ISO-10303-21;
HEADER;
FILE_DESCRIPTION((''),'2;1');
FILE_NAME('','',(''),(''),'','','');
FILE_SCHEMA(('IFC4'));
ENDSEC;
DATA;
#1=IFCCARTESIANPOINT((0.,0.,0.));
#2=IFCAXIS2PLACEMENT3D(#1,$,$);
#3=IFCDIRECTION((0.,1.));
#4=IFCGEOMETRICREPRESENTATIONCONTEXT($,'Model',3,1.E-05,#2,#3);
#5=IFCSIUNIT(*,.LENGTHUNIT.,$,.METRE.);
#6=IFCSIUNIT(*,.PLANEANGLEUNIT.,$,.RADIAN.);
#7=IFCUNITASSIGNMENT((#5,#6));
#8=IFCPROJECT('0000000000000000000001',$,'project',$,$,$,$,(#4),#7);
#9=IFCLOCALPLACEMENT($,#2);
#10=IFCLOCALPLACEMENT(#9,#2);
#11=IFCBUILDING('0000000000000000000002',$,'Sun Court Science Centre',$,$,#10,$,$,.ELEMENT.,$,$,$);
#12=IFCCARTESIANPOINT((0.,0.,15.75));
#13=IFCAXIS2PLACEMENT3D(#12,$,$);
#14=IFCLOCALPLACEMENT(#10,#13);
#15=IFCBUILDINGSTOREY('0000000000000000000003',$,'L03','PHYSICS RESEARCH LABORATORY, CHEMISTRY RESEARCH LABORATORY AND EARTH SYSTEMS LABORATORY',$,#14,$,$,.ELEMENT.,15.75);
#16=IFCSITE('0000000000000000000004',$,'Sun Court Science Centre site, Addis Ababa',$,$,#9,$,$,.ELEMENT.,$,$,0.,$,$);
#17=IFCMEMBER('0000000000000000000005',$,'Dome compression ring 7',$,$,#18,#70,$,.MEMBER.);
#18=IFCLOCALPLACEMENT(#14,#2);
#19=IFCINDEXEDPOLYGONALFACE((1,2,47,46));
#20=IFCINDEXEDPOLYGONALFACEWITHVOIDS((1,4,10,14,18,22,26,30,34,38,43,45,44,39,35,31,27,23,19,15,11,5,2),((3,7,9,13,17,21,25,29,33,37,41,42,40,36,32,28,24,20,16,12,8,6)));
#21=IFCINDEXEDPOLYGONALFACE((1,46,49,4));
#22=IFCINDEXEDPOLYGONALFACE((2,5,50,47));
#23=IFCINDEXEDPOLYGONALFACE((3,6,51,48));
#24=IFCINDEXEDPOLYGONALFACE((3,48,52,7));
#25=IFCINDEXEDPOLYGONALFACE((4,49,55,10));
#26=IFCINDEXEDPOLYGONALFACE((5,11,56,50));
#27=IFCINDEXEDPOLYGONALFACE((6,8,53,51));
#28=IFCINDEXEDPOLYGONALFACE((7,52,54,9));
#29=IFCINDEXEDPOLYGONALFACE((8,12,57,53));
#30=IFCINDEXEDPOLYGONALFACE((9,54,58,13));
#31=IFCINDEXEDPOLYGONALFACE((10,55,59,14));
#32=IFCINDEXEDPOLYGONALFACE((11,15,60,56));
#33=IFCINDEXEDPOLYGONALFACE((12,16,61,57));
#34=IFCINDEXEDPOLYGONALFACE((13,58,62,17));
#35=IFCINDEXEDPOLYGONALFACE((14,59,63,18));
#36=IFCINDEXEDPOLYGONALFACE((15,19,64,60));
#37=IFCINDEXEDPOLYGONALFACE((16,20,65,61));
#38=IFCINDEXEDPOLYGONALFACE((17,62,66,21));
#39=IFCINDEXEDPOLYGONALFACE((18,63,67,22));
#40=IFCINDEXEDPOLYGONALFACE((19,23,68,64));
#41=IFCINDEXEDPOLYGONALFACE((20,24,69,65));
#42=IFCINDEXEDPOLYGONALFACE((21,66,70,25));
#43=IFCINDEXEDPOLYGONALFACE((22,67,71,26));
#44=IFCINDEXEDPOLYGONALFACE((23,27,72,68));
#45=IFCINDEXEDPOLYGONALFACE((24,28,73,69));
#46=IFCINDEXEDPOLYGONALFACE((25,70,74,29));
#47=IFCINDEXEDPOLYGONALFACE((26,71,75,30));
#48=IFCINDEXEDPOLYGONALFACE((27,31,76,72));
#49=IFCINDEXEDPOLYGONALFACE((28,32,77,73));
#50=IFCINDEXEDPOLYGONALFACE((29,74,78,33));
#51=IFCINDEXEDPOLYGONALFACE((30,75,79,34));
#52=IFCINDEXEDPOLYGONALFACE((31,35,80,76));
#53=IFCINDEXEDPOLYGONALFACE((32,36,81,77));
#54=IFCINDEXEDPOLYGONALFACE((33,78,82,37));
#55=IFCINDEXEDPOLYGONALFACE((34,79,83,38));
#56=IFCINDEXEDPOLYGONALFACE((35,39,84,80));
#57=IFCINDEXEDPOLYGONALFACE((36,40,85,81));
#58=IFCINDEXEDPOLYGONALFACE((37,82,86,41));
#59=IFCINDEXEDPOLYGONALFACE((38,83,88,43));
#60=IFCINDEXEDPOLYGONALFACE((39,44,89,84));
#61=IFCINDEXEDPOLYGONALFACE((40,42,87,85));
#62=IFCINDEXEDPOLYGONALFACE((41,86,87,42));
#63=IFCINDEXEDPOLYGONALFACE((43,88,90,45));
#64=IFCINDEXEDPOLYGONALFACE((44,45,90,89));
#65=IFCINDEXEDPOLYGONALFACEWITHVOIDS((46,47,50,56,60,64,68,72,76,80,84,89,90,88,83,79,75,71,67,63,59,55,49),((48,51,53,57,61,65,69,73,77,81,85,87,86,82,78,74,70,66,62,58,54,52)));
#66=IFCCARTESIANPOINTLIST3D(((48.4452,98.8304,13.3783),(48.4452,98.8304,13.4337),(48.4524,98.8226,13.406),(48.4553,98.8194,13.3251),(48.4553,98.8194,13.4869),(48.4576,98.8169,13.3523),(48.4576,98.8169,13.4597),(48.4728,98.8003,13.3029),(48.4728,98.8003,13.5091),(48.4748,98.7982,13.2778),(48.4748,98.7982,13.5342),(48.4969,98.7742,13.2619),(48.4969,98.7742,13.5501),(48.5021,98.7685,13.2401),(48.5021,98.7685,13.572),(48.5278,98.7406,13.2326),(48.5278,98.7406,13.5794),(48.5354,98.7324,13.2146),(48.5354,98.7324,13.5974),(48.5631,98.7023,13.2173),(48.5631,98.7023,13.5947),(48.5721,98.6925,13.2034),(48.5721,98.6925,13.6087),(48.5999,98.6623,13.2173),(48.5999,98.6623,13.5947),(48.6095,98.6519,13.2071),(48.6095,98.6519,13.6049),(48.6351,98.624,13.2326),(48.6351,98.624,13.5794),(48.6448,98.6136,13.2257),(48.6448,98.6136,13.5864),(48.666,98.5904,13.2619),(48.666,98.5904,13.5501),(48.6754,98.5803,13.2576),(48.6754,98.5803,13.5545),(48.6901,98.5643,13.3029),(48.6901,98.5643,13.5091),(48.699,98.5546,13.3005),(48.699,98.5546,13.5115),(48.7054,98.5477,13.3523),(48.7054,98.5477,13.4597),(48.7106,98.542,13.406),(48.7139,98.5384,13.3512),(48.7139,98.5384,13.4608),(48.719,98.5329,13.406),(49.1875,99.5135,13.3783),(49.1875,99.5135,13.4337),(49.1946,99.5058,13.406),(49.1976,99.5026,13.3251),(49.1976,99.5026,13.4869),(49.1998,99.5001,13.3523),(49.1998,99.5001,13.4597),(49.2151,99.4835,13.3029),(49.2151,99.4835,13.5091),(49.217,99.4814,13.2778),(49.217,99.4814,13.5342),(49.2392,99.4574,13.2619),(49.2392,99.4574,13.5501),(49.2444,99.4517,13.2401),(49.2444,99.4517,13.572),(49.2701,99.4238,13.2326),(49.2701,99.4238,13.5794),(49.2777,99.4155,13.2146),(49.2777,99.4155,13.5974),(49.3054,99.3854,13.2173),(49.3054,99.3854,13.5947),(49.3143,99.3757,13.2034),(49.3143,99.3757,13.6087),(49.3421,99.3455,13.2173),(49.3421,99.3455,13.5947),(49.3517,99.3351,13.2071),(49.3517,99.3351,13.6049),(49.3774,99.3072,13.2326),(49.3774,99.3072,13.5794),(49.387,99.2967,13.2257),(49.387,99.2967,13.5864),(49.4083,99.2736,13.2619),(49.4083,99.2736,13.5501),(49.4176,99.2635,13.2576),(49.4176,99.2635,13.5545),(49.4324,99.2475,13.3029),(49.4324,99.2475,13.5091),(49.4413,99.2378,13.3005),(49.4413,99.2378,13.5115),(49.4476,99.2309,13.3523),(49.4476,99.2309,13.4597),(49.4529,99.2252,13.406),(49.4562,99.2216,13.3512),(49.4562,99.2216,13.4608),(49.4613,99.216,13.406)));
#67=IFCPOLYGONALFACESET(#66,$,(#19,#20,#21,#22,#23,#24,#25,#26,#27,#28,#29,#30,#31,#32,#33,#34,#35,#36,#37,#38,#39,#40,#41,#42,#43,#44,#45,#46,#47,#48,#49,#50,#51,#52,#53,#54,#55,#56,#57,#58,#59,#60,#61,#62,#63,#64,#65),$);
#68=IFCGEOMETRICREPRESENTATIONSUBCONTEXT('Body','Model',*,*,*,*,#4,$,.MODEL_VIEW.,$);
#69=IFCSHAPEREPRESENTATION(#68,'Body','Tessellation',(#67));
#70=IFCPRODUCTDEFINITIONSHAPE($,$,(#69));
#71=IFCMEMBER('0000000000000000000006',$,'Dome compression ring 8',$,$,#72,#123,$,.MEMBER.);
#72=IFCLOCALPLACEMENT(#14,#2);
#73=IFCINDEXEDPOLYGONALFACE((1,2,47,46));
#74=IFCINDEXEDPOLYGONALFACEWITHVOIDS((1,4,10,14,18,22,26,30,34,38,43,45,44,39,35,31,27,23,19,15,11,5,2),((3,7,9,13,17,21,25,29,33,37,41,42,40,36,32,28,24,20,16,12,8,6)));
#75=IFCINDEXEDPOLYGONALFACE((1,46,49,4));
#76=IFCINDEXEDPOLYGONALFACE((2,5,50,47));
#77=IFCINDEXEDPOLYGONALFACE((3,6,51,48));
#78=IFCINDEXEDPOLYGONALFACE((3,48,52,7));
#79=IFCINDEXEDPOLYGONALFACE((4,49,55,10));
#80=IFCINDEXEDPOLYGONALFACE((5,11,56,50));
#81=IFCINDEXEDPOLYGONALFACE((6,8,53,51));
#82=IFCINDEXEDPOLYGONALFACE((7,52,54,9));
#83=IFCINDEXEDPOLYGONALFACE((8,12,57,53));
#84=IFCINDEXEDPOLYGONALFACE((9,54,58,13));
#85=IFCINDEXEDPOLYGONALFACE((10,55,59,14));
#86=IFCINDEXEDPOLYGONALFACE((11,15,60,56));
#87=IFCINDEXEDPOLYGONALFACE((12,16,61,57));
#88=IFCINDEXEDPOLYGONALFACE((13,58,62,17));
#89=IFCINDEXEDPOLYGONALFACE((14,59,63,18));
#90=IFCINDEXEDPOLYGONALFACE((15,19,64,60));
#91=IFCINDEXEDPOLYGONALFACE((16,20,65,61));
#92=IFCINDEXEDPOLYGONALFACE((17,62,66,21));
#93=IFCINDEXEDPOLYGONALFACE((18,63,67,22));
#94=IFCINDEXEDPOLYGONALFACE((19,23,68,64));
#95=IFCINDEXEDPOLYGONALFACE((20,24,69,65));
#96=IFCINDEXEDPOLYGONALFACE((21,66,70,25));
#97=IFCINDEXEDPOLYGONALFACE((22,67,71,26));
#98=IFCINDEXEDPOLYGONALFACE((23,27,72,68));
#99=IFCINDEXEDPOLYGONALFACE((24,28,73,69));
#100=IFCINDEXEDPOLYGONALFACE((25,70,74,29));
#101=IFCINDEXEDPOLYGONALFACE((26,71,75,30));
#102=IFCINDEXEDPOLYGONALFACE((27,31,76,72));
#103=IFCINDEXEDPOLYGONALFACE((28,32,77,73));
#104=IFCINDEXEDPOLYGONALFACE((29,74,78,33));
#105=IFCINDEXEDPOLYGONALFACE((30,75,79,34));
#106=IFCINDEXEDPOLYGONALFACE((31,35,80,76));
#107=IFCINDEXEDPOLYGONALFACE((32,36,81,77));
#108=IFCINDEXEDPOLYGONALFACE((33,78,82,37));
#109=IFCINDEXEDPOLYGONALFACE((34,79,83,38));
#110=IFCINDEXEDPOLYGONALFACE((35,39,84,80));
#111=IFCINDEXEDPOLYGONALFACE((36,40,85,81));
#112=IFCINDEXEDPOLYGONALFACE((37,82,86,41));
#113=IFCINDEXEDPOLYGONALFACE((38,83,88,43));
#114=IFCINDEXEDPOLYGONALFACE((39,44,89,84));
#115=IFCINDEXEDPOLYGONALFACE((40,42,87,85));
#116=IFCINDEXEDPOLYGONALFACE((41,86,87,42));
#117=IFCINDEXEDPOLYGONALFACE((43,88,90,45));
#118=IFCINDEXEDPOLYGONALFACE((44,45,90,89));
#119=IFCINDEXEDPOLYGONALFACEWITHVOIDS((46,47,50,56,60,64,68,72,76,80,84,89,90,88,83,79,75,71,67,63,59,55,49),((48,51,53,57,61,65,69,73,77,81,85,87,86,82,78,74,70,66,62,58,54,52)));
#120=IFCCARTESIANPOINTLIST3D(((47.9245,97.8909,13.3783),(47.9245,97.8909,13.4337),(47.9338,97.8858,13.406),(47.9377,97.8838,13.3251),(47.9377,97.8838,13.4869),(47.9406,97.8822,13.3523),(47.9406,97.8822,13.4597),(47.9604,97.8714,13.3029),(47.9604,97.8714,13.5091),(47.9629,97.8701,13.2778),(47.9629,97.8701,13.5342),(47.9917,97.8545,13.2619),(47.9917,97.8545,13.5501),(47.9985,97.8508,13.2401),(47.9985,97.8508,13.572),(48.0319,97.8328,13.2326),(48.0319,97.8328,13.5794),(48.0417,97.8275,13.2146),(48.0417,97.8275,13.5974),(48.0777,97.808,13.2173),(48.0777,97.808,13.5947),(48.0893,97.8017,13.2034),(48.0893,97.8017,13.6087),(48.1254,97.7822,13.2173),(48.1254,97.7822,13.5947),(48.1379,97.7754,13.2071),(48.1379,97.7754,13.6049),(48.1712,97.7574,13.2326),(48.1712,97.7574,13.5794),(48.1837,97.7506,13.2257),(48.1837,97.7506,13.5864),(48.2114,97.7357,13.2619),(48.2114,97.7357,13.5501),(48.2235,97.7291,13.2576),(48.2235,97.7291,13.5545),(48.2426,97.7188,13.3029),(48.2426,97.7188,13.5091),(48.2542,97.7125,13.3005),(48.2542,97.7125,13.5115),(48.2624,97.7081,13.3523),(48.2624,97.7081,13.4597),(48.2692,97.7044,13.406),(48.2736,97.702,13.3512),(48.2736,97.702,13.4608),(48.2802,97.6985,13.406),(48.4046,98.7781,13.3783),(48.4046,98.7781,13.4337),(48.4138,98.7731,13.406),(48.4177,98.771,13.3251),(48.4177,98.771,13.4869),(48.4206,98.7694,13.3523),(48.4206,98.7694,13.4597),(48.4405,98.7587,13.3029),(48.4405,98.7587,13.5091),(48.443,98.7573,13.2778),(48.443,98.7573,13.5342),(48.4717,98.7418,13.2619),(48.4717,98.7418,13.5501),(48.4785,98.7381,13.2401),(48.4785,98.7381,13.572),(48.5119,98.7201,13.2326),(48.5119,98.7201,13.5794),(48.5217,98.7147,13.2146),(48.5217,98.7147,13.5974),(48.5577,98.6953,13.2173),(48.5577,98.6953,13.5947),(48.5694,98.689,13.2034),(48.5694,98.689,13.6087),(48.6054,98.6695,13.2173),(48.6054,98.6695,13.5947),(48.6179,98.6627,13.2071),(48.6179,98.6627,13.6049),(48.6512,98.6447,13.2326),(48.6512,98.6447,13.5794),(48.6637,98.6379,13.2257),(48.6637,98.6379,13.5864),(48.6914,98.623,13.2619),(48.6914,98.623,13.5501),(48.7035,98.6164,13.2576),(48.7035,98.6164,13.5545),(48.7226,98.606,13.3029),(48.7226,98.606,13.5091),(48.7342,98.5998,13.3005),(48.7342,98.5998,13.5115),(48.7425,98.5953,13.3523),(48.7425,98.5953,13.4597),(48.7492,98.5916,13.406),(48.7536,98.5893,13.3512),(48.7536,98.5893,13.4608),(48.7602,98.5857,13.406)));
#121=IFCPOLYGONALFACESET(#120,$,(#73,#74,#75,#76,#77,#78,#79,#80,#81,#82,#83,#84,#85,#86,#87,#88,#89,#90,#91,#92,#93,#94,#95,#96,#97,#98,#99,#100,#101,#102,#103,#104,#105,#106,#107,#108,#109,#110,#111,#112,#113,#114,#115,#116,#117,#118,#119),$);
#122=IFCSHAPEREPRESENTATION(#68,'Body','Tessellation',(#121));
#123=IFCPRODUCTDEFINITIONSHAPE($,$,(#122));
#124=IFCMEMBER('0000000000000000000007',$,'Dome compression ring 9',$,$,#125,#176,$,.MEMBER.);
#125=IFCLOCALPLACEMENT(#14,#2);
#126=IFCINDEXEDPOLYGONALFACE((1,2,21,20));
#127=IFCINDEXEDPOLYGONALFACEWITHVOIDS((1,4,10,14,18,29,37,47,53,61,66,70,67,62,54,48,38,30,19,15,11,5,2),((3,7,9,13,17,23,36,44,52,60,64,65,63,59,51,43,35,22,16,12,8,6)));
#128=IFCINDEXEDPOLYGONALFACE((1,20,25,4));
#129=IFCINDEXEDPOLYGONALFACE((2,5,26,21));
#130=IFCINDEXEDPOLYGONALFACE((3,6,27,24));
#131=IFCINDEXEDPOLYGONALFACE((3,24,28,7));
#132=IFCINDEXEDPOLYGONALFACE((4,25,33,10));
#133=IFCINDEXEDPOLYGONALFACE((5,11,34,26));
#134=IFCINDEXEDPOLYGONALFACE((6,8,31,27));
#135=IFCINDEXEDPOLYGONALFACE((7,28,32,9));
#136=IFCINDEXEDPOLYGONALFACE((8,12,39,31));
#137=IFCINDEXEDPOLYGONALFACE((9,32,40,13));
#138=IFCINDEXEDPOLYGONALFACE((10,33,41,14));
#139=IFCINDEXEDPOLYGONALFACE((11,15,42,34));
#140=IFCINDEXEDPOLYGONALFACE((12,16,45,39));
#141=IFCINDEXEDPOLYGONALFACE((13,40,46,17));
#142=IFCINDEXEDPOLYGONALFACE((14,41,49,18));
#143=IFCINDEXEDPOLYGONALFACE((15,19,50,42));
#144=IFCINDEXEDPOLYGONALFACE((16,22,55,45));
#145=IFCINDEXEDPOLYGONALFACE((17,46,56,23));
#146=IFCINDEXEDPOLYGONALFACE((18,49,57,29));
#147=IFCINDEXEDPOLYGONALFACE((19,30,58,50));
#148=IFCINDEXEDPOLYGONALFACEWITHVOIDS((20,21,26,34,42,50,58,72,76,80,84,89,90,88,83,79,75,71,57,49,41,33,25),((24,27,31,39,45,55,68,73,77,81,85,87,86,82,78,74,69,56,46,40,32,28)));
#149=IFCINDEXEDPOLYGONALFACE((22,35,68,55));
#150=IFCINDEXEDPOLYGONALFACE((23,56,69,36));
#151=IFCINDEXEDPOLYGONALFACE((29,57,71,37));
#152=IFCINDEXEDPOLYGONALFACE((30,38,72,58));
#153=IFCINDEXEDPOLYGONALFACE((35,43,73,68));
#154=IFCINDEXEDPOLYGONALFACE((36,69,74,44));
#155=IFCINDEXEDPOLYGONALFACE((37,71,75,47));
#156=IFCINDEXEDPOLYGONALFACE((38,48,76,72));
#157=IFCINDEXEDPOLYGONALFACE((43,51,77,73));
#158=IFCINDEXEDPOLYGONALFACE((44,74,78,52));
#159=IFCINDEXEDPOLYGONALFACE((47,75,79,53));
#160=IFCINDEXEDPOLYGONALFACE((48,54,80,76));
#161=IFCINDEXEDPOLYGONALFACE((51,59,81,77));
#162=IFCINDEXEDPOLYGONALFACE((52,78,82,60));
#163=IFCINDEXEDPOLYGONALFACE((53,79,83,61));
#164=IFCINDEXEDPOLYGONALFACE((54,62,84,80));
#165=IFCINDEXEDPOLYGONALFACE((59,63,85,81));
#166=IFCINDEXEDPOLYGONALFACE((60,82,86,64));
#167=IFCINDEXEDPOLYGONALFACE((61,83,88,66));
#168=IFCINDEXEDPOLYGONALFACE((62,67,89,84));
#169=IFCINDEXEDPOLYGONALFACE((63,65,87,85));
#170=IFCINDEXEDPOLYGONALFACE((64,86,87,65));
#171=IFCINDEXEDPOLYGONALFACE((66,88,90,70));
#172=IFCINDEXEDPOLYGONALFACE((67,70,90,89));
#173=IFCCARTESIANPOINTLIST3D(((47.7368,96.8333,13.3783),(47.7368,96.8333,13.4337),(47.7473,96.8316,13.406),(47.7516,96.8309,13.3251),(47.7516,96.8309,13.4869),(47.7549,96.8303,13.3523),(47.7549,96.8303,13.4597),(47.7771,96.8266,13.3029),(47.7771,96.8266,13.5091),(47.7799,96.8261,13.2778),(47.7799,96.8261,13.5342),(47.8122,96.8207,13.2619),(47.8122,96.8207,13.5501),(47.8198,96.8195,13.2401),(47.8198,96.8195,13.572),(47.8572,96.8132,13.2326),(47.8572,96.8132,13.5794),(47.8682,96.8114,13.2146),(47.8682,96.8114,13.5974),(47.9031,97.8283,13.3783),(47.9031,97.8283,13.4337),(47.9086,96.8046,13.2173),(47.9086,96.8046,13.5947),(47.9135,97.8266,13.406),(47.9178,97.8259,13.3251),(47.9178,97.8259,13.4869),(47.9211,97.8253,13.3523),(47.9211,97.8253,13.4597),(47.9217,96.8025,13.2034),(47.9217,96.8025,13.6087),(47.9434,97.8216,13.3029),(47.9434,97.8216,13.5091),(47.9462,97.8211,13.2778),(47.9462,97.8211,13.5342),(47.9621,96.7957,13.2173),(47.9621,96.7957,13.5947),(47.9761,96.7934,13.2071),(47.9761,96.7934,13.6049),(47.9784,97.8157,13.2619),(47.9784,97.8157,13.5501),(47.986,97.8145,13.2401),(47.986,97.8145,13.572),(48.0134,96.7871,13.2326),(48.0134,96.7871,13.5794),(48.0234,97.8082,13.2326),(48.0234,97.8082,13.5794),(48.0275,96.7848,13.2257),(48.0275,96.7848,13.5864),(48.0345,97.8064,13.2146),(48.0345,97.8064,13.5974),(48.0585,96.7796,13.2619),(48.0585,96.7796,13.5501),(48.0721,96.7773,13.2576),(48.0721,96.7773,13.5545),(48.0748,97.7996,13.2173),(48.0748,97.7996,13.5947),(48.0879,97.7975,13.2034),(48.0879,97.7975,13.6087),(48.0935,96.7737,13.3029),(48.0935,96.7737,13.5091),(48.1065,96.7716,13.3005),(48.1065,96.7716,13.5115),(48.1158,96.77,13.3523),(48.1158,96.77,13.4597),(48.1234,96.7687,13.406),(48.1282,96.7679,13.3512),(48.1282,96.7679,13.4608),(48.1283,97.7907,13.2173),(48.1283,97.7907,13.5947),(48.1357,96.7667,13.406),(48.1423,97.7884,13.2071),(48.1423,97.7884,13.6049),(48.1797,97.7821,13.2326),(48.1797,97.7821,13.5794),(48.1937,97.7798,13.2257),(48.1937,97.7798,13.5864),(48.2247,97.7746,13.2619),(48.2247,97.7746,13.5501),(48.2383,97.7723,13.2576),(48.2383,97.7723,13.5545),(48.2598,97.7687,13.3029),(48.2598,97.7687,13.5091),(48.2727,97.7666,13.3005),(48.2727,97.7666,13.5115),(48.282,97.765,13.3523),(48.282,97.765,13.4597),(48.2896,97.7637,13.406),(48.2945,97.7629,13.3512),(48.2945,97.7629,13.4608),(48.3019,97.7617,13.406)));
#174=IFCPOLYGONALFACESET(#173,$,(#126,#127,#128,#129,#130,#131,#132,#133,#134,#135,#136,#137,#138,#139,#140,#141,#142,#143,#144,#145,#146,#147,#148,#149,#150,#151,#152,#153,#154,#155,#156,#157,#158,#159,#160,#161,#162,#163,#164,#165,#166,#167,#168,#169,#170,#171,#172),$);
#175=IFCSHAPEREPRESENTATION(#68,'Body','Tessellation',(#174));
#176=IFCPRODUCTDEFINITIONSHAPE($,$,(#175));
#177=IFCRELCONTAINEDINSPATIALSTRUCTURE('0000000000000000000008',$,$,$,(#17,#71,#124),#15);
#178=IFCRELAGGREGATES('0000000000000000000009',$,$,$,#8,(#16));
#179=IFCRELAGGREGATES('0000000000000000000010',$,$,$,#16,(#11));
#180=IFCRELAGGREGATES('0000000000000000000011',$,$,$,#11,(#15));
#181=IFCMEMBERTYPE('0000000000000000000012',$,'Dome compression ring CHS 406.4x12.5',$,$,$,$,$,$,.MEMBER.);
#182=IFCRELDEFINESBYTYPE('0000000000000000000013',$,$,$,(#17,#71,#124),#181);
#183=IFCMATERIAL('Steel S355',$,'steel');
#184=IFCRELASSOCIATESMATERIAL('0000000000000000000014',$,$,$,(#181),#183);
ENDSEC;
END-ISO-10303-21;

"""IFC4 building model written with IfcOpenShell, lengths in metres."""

from ifc_helpers import new_model, si_unit, direction, frame, origin, origin_2d, place, context, subcontext, project, spatial, hollow_circle, extrude, material, material_profile, profile_set, type_object, element, save


model = new_model("IFC4")

# Units and contexts
model_context = context("Model", 3, precision=1e-05, world=origin(), true_north=direction((0.0, 1.0)))
body_context = subcontext(model_context, "Body", "Model", "MODEL_VIEW")
ifc_project = project(units=[si_unit("LENGTHUNIT", "METRE"), si_unit("PLANEANGLEUNIT", "RADIAN")], contexts=[model_context])

# Site, building, storey
site_placement = place(None, origin())
site = spatial("IfcSite", under=ifc_project, at=site_placement, Name="Sun Court Science Centre site, Addis Ababa", CompositionType="ELEMENT", RefElevation=0.0)
building_placement = place(site_placement, origin())
building = spatial("IfcBuilding", under=site, at=building_placement, Name="Sun Court Science Centre", CompositionType="ELEMENT")
storey_placement = place(building_placement, frame((0.0, 0.0, 15.75)))
storey = spatial("IfcBuildingStorey", under=building, at=storey_placement, Name="L03", Description="PHYSICS RESEARCH LABORATORY, CHEMISTRY RESEARCH LABORATORY AND EARTH SYSTEMS LABORATORY", CompositionType="ELEMENT", Elevation=15.75)

# Members
ifc_material_1 = material(Name="Steel S355", Category="steel")
ifc_material_profile_1 = material_profile(ifc_material_1, hollow_circle(Radius=0.2031, WallThickness=0.0125, at=origin_2d()), Name="CHS 406.4x12.5")
ifc_profile_set_1 = profile_set([ifc_material_profile_1], Name="Steel S355")
member_type_1 = type_object("IfcMemberType", Name="Dome compression ring CHS 406.4x12.5", PredefinedType="MEMBER", material=ifc_profile_set_1)
for number, where, z_axis, x_axis, name in (
    (1, (49.3237, 99.3655, 13.406), (-0.735786, -0.677214, 0.0), (0.677214, -0.735786, 0.0), "Dome compression ring 7"),
    (2, (48.5815, 98.6824, 13.406), (-0.475831, -0.879537, 0.0), (0.879537, -0.475831, 0.0), "Dome compression ring 8"),
    (3, (48.1016, 97.7952, 13.406), (-0.164791, -0.986328, 0.0), (0.986328, -0.164791, 0.0), "Dome compression ring 9"),
):
    element("IfcMember", number, at=place(storey_placement, frame(where, z_axis=z_axis, x_axis=x_axis)), inside=storey, type_object=member_type_1, Name=name, PredefinedType="MEMBER", context=body_context, shape_type="SweptSolid", body=[
        extrude(hollow_circle(Radius=0.2031, WallThickness=0.0125, at=origin_2d()), origin(), (0.0, 0.0, 1.0), 1.0088),
    ])

save(model, "model.ifc")
